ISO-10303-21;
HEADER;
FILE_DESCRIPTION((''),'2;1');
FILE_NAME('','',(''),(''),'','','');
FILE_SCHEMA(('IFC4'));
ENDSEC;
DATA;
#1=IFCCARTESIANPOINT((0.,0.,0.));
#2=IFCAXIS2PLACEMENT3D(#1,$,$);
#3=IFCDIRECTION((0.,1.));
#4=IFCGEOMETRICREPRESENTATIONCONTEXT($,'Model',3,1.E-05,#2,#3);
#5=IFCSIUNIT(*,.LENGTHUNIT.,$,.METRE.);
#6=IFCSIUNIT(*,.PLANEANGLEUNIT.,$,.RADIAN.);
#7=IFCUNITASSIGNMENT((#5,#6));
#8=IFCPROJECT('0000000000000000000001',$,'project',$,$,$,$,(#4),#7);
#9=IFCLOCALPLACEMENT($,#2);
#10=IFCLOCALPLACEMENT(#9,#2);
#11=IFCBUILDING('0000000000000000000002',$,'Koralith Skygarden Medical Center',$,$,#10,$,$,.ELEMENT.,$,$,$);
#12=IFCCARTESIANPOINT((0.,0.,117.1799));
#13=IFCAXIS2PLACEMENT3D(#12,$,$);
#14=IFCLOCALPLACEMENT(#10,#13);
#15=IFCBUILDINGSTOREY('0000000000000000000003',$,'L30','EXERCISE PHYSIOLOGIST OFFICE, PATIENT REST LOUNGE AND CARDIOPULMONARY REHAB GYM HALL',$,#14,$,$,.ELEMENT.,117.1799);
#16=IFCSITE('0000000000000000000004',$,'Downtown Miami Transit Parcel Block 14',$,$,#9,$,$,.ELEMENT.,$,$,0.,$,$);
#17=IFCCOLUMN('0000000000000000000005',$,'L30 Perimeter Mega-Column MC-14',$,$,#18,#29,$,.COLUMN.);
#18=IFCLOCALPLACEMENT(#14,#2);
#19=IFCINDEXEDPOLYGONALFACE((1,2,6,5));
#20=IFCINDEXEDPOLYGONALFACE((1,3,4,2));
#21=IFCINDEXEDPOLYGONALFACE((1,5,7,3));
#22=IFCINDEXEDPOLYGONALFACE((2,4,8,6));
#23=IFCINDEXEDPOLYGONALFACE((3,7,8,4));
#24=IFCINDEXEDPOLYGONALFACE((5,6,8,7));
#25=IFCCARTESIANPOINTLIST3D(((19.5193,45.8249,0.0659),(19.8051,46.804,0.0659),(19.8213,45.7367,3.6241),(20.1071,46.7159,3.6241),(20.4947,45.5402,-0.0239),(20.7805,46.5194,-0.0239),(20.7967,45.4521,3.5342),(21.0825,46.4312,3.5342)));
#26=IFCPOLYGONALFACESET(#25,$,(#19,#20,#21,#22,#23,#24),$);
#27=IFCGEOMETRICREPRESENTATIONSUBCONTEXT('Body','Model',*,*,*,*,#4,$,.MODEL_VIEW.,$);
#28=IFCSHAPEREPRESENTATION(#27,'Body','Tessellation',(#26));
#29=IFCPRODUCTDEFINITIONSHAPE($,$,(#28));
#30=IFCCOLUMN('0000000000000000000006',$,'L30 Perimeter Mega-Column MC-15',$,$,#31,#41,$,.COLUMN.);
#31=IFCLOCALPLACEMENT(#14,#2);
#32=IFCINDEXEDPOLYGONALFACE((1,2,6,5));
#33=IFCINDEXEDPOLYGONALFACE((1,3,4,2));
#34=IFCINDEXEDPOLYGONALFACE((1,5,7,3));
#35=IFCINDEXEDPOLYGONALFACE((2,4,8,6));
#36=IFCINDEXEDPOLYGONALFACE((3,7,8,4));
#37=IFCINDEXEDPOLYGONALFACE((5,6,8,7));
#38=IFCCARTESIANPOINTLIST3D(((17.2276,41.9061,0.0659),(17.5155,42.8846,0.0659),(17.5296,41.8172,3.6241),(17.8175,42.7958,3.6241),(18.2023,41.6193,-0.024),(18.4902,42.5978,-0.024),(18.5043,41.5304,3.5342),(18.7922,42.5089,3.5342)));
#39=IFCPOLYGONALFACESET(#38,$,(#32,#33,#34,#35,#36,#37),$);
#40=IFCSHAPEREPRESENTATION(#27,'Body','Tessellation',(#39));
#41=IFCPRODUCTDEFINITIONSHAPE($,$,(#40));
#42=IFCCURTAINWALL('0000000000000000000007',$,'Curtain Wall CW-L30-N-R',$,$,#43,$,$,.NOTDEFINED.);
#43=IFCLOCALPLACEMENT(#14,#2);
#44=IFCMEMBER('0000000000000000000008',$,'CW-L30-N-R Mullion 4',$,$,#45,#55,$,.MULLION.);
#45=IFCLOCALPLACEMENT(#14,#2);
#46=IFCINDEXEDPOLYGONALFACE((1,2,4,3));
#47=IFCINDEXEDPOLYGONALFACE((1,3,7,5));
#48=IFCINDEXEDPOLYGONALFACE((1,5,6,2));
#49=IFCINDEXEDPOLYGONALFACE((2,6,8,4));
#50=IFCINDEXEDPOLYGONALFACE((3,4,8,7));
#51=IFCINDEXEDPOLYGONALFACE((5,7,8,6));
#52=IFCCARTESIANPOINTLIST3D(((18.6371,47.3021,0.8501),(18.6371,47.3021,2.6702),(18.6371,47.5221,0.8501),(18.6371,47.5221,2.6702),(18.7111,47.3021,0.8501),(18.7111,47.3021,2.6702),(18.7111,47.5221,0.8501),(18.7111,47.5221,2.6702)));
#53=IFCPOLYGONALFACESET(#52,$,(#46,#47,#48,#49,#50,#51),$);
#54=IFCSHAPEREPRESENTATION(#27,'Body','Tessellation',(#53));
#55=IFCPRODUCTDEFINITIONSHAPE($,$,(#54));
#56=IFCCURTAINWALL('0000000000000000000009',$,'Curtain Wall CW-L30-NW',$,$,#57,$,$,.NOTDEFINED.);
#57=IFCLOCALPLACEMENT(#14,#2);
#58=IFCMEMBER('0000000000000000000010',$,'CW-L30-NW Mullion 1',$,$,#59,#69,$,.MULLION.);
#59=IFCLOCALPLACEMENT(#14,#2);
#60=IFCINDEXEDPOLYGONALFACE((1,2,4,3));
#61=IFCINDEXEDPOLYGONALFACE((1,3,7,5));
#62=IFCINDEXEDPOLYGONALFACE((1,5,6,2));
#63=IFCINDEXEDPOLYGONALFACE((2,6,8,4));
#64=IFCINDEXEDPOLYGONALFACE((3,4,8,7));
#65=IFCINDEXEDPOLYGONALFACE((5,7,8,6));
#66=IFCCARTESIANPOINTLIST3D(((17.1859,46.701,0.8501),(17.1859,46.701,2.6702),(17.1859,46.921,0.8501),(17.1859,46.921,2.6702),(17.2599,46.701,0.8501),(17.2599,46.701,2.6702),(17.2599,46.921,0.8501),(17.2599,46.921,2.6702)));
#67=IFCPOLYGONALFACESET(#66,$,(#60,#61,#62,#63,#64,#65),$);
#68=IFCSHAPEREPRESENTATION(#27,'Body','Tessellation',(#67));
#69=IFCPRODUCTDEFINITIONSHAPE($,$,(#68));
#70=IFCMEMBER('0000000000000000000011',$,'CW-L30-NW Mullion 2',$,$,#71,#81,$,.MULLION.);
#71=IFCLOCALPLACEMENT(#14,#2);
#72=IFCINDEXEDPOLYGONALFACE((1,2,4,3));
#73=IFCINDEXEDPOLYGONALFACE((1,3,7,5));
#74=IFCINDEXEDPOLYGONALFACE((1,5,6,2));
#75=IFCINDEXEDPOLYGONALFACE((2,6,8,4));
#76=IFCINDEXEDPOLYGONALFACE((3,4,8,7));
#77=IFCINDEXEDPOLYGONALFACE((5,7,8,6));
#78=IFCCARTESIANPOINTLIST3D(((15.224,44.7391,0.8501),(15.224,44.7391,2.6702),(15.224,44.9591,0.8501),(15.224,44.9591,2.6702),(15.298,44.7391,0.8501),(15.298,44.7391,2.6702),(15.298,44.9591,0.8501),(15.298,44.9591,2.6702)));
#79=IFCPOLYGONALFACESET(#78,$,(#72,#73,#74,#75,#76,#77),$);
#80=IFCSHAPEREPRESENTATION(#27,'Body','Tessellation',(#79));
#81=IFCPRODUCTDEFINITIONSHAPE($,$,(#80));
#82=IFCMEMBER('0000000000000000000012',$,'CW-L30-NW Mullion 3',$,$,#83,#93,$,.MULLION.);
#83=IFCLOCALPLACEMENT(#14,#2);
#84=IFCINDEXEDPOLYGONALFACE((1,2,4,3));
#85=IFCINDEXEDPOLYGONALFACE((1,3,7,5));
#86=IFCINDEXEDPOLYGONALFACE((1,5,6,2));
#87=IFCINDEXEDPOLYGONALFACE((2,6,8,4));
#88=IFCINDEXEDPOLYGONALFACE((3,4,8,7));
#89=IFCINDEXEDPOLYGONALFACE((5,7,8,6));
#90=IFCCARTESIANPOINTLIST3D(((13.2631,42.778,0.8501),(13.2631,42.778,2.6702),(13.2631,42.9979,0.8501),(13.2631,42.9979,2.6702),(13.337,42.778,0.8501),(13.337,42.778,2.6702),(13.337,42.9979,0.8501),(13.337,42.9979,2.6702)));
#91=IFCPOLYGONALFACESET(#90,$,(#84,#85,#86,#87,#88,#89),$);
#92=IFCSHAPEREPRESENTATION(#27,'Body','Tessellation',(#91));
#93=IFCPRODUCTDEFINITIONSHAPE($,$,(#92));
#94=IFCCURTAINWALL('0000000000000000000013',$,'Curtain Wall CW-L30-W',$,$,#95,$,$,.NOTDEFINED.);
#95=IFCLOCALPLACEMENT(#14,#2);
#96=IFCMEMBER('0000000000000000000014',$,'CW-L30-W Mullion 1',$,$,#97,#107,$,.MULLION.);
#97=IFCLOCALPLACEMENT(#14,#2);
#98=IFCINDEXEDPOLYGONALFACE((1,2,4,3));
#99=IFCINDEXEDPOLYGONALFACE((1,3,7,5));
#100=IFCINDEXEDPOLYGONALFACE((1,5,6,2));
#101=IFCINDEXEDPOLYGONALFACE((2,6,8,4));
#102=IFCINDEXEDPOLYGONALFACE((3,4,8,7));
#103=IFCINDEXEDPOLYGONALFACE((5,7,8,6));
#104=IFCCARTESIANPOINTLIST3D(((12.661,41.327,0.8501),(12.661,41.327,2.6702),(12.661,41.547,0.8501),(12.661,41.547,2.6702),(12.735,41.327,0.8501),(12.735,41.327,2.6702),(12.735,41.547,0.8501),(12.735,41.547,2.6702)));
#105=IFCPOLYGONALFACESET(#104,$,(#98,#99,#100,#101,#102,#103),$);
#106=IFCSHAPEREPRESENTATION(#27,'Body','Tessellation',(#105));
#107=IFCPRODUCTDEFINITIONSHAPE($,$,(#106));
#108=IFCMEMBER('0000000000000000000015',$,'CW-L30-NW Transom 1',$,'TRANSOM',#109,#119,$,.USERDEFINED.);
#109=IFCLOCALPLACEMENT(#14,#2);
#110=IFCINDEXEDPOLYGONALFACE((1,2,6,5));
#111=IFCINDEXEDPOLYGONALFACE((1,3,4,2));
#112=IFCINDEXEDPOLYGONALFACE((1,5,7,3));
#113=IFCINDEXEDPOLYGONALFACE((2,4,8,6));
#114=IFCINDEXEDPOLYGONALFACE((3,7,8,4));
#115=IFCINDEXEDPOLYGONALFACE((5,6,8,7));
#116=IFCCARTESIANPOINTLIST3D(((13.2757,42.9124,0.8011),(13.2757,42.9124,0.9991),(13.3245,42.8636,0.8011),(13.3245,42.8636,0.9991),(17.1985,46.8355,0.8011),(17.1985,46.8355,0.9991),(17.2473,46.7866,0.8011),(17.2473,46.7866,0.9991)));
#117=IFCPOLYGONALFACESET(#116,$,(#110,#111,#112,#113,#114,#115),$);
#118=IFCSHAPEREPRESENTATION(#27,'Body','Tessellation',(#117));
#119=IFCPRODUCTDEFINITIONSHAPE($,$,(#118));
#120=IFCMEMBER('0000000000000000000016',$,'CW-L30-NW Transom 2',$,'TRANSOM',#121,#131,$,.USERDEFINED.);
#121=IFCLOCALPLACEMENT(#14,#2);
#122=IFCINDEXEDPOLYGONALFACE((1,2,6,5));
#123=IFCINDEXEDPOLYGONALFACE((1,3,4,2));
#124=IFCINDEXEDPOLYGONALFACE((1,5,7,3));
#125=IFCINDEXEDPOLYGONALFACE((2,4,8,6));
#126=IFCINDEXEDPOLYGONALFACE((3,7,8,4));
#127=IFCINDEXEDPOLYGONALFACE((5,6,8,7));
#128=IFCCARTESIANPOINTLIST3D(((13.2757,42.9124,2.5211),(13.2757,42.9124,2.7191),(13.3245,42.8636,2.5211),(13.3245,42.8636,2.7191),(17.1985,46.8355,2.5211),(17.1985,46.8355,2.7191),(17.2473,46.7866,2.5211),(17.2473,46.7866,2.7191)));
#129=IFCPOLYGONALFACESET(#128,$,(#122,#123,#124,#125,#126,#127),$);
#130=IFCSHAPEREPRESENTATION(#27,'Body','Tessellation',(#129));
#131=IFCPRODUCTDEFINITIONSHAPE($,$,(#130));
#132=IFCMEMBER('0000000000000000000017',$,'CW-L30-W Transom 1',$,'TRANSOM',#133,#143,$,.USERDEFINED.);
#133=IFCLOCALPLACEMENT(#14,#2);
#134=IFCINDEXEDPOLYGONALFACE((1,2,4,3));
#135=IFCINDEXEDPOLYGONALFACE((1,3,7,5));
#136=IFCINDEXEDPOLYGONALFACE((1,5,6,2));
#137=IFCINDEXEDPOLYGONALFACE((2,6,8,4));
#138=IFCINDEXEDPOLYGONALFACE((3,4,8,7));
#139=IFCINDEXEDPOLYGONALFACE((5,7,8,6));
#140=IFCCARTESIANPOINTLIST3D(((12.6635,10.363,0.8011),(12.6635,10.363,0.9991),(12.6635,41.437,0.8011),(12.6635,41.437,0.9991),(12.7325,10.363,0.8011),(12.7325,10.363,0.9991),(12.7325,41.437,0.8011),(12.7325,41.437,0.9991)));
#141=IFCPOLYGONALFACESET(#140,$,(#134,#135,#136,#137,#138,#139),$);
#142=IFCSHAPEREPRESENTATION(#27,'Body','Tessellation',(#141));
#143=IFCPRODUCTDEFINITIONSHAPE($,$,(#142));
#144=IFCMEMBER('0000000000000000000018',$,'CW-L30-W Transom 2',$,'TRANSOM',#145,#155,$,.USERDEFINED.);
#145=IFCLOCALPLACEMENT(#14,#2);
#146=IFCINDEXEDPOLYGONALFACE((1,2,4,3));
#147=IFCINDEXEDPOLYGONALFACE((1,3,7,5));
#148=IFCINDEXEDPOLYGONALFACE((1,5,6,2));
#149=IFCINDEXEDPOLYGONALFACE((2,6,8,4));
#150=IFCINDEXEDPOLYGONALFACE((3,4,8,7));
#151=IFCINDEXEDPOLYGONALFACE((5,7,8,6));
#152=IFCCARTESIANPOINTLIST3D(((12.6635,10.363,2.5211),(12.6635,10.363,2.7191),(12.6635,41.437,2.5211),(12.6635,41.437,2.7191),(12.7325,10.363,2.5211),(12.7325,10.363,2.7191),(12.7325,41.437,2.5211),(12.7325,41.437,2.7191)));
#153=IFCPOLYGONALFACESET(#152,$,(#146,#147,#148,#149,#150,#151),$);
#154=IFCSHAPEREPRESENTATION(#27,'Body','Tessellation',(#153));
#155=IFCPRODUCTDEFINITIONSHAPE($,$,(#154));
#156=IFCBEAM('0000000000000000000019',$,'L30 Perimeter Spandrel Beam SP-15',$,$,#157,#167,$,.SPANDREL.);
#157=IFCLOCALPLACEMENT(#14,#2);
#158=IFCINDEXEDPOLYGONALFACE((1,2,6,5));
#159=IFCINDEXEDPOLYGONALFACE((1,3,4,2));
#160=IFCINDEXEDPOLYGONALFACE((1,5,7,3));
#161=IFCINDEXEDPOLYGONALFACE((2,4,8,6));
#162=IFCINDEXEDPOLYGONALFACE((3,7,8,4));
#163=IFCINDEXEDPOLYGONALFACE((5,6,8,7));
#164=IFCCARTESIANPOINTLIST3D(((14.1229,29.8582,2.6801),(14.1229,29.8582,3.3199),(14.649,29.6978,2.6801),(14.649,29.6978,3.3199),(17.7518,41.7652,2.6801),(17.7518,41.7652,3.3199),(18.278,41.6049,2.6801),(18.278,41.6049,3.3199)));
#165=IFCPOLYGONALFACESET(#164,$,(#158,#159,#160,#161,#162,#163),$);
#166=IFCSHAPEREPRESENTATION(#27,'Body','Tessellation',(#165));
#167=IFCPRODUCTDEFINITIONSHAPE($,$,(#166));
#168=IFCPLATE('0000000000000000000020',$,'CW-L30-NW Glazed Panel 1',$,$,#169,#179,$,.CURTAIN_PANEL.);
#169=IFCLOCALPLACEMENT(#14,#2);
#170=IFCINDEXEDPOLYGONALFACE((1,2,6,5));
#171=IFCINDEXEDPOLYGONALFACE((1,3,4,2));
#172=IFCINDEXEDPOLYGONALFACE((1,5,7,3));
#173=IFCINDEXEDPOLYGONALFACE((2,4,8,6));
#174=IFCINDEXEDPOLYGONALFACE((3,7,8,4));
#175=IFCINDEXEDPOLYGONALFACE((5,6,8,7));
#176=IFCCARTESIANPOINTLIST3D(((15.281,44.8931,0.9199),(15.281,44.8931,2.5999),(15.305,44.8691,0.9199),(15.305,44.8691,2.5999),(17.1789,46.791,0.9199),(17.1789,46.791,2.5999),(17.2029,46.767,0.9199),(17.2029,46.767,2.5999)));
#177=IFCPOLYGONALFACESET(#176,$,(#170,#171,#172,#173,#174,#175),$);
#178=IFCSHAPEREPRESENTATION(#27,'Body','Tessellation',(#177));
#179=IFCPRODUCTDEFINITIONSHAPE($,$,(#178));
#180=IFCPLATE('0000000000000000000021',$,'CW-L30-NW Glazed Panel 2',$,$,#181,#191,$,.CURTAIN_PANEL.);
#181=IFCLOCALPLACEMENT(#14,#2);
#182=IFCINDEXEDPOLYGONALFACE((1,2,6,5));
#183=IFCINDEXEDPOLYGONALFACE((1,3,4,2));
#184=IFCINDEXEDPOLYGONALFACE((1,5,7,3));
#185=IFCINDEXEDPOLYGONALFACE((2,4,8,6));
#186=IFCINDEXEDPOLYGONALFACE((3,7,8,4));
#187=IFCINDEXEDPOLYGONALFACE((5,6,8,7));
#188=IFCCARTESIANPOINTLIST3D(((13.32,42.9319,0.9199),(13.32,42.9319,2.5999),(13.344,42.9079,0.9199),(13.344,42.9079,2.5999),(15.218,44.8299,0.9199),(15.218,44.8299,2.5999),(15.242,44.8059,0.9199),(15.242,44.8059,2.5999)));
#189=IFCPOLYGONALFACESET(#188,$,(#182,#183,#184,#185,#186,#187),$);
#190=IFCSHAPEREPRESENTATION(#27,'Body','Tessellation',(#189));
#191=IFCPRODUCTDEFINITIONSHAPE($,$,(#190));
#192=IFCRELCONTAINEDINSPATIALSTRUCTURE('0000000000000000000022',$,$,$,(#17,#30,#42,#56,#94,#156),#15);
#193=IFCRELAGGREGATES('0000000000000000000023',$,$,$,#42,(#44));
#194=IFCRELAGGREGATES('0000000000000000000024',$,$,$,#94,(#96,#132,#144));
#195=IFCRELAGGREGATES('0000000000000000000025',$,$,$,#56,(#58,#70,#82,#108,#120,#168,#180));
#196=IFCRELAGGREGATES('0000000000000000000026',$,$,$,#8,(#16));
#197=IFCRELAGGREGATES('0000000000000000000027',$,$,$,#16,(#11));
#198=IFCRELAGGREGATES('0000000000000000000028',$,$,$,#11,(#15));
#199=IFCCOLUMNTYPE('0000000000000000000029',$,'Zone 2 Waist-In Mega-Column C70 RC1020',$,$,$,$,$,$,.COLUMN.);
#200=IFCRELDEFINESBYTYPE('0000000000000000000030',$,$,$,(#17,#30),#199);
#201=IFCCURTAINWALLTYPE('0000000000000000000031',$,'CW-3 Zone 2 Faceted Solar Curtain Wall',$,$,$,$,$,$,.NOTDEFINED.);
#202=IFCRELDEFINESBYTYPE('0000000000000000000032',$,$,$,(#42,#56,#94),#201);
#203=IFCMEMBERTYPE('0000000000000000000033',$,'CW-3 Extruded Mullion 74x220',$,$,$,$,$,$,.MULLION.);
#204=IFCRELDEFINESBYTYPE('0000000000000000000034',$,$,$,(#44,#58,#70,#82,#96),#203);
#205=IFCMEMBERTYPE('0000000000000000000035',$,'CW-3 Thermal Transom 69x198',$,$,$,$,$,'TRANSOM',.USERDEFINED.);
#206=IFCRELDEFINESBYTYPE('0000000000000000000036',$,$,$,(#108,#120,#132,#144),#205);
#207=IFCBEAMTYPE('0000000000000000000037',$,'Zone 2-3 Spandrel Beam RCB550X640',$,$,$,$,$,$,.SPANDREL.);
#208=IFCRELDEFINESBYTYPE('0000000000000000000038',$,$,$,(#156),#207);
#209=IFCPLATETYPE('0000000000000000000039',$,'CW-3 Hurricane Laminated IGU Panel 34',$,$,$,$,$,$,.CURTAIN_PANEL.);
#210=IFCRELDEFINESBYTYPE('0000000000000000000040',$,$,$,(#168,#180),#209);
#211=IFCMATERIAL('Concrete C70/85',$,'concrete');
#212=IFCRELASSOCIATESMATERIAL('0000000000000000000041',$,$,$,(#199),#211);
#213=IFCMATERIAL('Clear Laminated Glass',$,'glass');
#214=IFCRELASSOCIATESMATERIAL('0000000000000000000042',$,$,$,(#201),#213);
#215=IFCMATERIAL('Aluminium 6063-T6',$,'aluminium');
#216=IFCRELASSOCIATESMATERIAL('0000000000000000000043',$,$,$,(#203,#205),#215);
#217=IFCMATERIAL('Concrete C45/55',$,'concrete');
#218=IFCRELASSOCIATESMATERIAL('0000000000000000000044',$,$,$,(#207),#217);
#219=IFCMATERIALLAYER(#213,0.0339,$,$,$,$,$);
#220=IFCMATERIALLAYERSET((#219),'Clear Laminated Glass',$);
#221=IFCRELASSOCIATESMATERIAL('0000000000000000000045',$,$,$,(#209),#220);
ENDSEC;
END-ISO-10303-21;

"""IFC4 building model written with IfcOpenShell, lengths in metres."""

from ifc_helpers import new_model, si_unit, direction, frame, origin, origin_2d, place, context, subcontext, project, spatial, rectangle, extrude, material, layer, layer_set, material_profile, profile_set, type_object, element, aggregate, save


model = new_model("IFC4")

# Units and contexts
model_context = context("Model", 3, precision=1e-05, world=origin(), true_north=direction((0.0, 1.0)))
body_context = subcontext(model_context, "Body", "Model", "MODEL_VIEW")
ifc_project = project(units=[si_unit("LENGTHUNIT", "METRE"), si_unit("PLANEANGLEUNIT", "RADIAN")], contexts=[model_context])

# Site, building, storey
site_placement = place(None, origin())
site = spatial("IfcSite", under=ifc_project, at=site_placement, Name="Downtown Miami Transit Parcel Block 14", CompositionType="ELEMENT", RefElevation=0.0)
building_placement = place(site_placement, origin())
building = spatial("IfcBuilding", under=site, at=building_placement, Name="Koralith Skygarden Medical Center", CompositionType="ELEMENT")
storey_placement = place(building_placement, frame((0.0, 0.0, 117.1799)))
storey = spatial("IfcBuildingStorey", under=building, at=storey_placement, Name="L30", Description="EXERCISE PHYSIOLOGIST OFFICE, PATIENT REST LOUNGE AND CARDIOPULMONARY REHAB GYM HALL", CompositionType="ELEMENT", Elevation=117.1799)

# Columns
ifc_material_1 = material(Name="Concrete C70/85", Category="concrete")
ifc_material_profile_1 = material_profile(ifc_material_1, rectangle(XDim=1.02, YDim=1.02, at=origin_2d()), Name="RC1020X1020")
ifc_profile_set_1 = profile_set([ifc_material_profile_1], Name="Concrete C70/85")
column_type = type_object("IfcColumnType", Name="Zone 2 Waist-In Mega-Column C70 RC1020", PredefinedType="COLUMN", material=ifc_profile_set_1)
for number, where, z_axis, x_axis, name in (
    (1, (20.1499, 46.1721, 0.021), (0.084547, -0.024674, 0.996114), (0.280149, 0.959957, 0.0), "L30 Perimeter Mega-Column MC-14"),
    (2, (17.8589, 42.252, 0.021), (0.084547, -0.024879, 0.996109), (0.282292, 0.959328, 0.0), "L30 Perimeter Mega-Column MC-15"),
):
    element("IfcColumn", number, at=place(storey_placement, frame(where, z_axis=z_axis, x_axis=x_axis)), inside=storey, type_object=column_type, Name=name, PredefinedType="COLUMN", context=body_context, shape_type="SweptSolid", body=[
        extrude(rectangle(XDim=1.02, YDim=1.02, at=origin_2d()), origin(), (0.0, 0.0, 1.0), 3.572),
    ])

# Curtain wall, member
ifc_material_2 = material(Name="Clear Laminated Glass", Category="glass")
curtain_wall_type = type_object("IfcCurtainWallType", Name="CW-3 Zone 2 Faceted Solar Curtain Wall", PredefinedType="NOTDEFINED", material=ifc_material_2)
curtain_wall_1_placement = place(storey_placement, origin())
curtain_wall_1 = element("IfcCurtainWall", 3, at=curtain_wall_1_placement, inside=storey, type_object=curtain_wall_type, Name="Curtain Wall CW-L30-N-R", PredefinedType="NOTDEFINED")
ifc_material_3 = material(Name="Aluminium 6063-T6", Category="aluminium")
ifc_material_profile_2 = material_profile(ifc_material_3, rectangle(XDim=0.074, YDim=0.22, at=origin_2d()), Name="MUL74X220")
ifc_profile_set_2 = profile_set([ifc_material_profile_2], Name="Aluminium 6063-T6")
member_type_1 = type_object("IfcMemberType", Name="CW-3 Extruded Mullion 74x220", PredefinedType="MULLION", material=ifc_profile_set_2)
member_1_placement = place(storey_placement, frame((18.6741, 47.4121, 0.8501), z_axis=(0.0, 0.0, 1.0), x_axis=(1.0, 0.0, 0.0)))
member_1 = element("IfcMember", 4, at=member_1_placement, type_object=member_type_1, Name="CW-L30-N-R Mullion 4", PredefinedType="MULLION", context=body_context, shape_type="SweptSolid", body=[
    extrude(rectangle(XDim=0.074, YDim=0.22, at=origin_2d()), origin(), (0.0, 0.0, 1.0), 1.8201),
])
aggregate(curtain_wall_1, [member_1])

# Curtain wall, members
curtain_wall_2_placement = place(storey_placement, origin())
curtain_wall_2 = element("IfcCurtainWall", 5, at=curtain_wall_2_placement, inside=storey, type_object=curtain_wall_type, Name="Curtain Wall CW-L30-NW", PredefinedType="NOTDEFINED")
member_2_placement = place(storey_placement, frame((17.2229, 46.811, 0.8501), z_axis=(0.0, 0.0, 1.0), x_axis=(1.0, 0.0, 0.0)))
member_2 = element("IfcMember", 6, at=member_2_placement, type_object=member_type_1, Name="CW-L30-NW Mullion 1", PredefinedType="MULLION", context=body_context, shape_type="SweptSolid", body=[
    extrude(rectangle(XDim=0.074, YDim=0.22, at=origin_2d()), origin(), (0.0, 0.0, 1.0), 1.8201),
])
member_3_placement = place(storey_placement, frame((15.261, 44.8491, 0.8501), z_axis=(0.0, 0.0, 1.0), x_axis=(1.0, 0.0, 0.0)))
member_3 = element("IfcMember", 7, at=member_3_placement, type_object=member_type_1, Name="CW-L30-NW Mullion 2", PredefinedType="MULLION", context=body_context, shape_type="SweptSolid", body=[
    extrude(rectangle(XDim=0.074, YDim=0.22, at=origin_2d()), origin(), (0.0, 0.0, 1.0), 1.8201),
])
member_4_placement = place(storey_placement, frame((13.3, 42.8879, 0.8501), z_axis=(0.0, 0.0, 1.0), x_axis=(1.0, 0.0, 0.0)))
member_4 = element("IfcMember", 8, at=member_4_placement, type_object=member_type_1, Name="CW-L30-NW Mullion 3", PredefinedType="MULLION", context=body_context, shape_type="SweptSolid", body=[
    extrude(rectangle(XDim=0.074, YDim=0.22, at=origin_2d()), origin(), (0.0, 0.0, 1.0), 1.8201),
])

# Curtain wall, member
curtain_wall_3_placement = place(storey_placement, origin())
curtain_wall_3 = element("IfcCurtainWall", 9, at=curtain_wall_3_placement, inside=storey, type_object=curtain_wall_type, Name="Curtain Wall CW-L30-W", PredefinedType="NOTDEFINED")
member_5_placement = place(storey_placement, frame((12.698, 41.437, 0.8501), z_axis=(0.0, 0.0, 1.0), x_axis=(1.0, 0.0, 0.0)))
member_5 = element("IfcMember", 10, at=member_5_placement, type_object=member_type_1, Name="CW-L30-W Mullion 1", PredefinedType="MULLION", context=body_context, shape_type="SweptSolid", body=[
    extrude(rectangle(XDim=0.074, YDim=0.22, at=origin_2d()), origin(), (0.0, 0.0, 1.0), 1.8201),
])

# Members
ifc_material_profile_3 = material_profile(ifc_material_3, rectangle(XDim=0.0691, YDim=0.198, at=origin_2d()), Name="TRN69X198")
ifc_profile_set_3 = profile_set([ifc_material_profile_3], Name="Aluminium 6063-T6")
member_type_2 = type_object("IfcMemberType", Name="CW-3 Thermal Transom 69x198", ElementType="TRANSOM", PredefinedType="USERDEFINED", material=ifc_profile_set_3)
member_6_placement = place(storey_placement, frame((17.2229, 46.811, 0.9001), z_axis=(-0.707085, -0.707129, 0.0), x_axis=(0.707129, -0.707085, 0.0)))
member_6 = element("IfcMember", 11, at=member_6_placement, type_object=member_type_2, Name="CW-L30-NW Transom 1", ObjectType="TRANSOM", PredefinedType="USERDEFINED", context=body_context, shape_type="SweptSolid", body=[
    extrude(rectangle(XDim=0.0691, YDim=0.198, at=origin_2d()), origin(), (0.0, 0.0, 1.0), 5.5479),
])
member_7_placement = place(storey_placement, frame((17.2229, 46.811, 2.6201), z_axis=(-0.707085, -0.707129, 0.0), x_axis=(0.707129, -0.707085, 0.0)))
member_7 = element("IfcMember", 12, at=member_7_placement, type_object=member_type_2, Name="CW-L30-NW Transom 2", ObjectType="TRANSOM", PredefinedType="USERDEFINED", context=body_context, shape_type="SweptSolid", body=[
    extrude(rectangle(XDim=0.0691, YDim=0.198, at=origin_2d()), origin(), (0.0, 0.0, 1.0), 5.5479),
])
member_8_placement = place(storey_placement, frame((12.698, 41.437, 0.9001), z_axis=(0.0, -1.0, 0.0), x_axis=(1.0, 0.0, 0.0)))
member_8 = element("IfcMember", 13, at=member_8_placement, type_object=member_type_2, Name="CW-L30-W Transom 1", ObjectType="TRANSOM", PredefinedType="USERDEFINED", context=body_context, shape_type="SweptSolid", body=[
    extrude(rectangle(XDim=0.0691, YDim=0.198, at=origin_2d()), origin(), (0.0, 0.0, 1.0), 31.074),
])
member_9_placement = place(storey_placement, frame((12.698, 41.437, 2.6201), z_axis=(0.0, -1.0, 0.0), x_axis=(1.0, 0.0, 0.0)))
member_9 = element("IfcMember", 14, at=member_9_placement, type_object=member_type_2, Name="CW-L30-W Transom 2", ObjectType="TRANSOM", PredefinedType="USERDEFINED", context=body_context, shape_type="SweptSolid", body=[
    extrude(rectangle(XDim=0.0691, YDim=0.198, at=origin_2d()), origin(), (0.0, 0.0, 1.0), 31.074),
])
aggregate(curtain_wall_3, [member_5, member_8, member_9])

# Beam
ifc_material_4 = material(Name="Concrete C45/55", Category="concrete")
ifc_material_profile_4 = material_profile(ifc_material_4, rectangle(XDim=0.55, YDim=0.6399, at=origin_2d()), Name="RCB550X640")
ifc_profile_set_4 = profile_set([ifc_material_profile_4], Name="Concrete C45/55")
beam_type = type_object("IfcBeamType", Name="Zone 2-3 Spandrel Beam RCB550X640", PredefinedType="SPANDREL", material=ifc_profile_set_4)
beam_placement = place(storey_placement, frame((18.0149, 41.6851, 3.0), z_axis=(-0.291532, -0.956561, 0.0), x_axis=(0.956561, -0.291532, 0.0)))
element("IfcBeam", 15, at=beam_placement, inside=storey, type_object=beam_type, Name="L30 Perimeter Spandrel Beam SP-15", PredefinedType="SPANDREL", context=body_context, shape_type="SweptSolid", body=[
    extrude(rectangle(XDim=0.55, YDim=0.6399, at=origin_2d()), origin(), (0.0, 0.0, 1.0), 12.4478),
])

# Plates
ifc_layer_1 = layer(ifc_material_2, 0.0339)
ifc_layer_set_1 = layer_set([ifc_layer_1], Name="Clear Laminated Glass")
plate_type_1 = type_object("IfcPlateType", Name="CW-3 Hurricane Laminated IGU Panel 34", PredefinedType="CURTAIN_PANEL", material=ifc_layer_set_1)
plate_1_placement = place(storey_placement, frame((16.2419, 45.8301, 0.9199), z_axis=(0.0, 0.0, 1.0), x_axis=(-0.707107, -0.707107, 0.0)))
plate_1 = element("IfcPlate", 16, at=plate_1_placement, type_object=plate_type_1, Name="CW-L30-NW Glazed Panel 1", PredefinedType="CURTAIN_PANEL", context=body_context, shape_type="SweptSolid", body=[
    extrude(rectangle(XDim=2.6841, YDim=0.0339, at=origin_2d()), origin(), (0.0, 0.0, 1.0), 1.6799),
])
plate_2_placement = place(storey_placement, frame((14.281, 43.8689, 0.9199), z_axis=(0.0, 0.0, 1.0), x_axis=(-0.707107, -0.707107, 0.0)))
plate_2 = element("IfcPlate", 17, at=plate_2_placement, type_object=plate_type_1, Name="CW-L30-NW Glazed Panel 2", PredefinedType="CURTAIN_PANEL", context=body_context, shape_type="SweptSolid", body=[
    extrude(rectangle(XDim=2.6841, YDim=0.0339, at=origin_2d()), origin(), (0.0, 0.0, 1.0), 1.6799),
])
aggregate(curtain_wall_2, [member_2, member_3, member_4, member_6, member_7, plate_1, plate_2])

save(model, "model.ifc")
